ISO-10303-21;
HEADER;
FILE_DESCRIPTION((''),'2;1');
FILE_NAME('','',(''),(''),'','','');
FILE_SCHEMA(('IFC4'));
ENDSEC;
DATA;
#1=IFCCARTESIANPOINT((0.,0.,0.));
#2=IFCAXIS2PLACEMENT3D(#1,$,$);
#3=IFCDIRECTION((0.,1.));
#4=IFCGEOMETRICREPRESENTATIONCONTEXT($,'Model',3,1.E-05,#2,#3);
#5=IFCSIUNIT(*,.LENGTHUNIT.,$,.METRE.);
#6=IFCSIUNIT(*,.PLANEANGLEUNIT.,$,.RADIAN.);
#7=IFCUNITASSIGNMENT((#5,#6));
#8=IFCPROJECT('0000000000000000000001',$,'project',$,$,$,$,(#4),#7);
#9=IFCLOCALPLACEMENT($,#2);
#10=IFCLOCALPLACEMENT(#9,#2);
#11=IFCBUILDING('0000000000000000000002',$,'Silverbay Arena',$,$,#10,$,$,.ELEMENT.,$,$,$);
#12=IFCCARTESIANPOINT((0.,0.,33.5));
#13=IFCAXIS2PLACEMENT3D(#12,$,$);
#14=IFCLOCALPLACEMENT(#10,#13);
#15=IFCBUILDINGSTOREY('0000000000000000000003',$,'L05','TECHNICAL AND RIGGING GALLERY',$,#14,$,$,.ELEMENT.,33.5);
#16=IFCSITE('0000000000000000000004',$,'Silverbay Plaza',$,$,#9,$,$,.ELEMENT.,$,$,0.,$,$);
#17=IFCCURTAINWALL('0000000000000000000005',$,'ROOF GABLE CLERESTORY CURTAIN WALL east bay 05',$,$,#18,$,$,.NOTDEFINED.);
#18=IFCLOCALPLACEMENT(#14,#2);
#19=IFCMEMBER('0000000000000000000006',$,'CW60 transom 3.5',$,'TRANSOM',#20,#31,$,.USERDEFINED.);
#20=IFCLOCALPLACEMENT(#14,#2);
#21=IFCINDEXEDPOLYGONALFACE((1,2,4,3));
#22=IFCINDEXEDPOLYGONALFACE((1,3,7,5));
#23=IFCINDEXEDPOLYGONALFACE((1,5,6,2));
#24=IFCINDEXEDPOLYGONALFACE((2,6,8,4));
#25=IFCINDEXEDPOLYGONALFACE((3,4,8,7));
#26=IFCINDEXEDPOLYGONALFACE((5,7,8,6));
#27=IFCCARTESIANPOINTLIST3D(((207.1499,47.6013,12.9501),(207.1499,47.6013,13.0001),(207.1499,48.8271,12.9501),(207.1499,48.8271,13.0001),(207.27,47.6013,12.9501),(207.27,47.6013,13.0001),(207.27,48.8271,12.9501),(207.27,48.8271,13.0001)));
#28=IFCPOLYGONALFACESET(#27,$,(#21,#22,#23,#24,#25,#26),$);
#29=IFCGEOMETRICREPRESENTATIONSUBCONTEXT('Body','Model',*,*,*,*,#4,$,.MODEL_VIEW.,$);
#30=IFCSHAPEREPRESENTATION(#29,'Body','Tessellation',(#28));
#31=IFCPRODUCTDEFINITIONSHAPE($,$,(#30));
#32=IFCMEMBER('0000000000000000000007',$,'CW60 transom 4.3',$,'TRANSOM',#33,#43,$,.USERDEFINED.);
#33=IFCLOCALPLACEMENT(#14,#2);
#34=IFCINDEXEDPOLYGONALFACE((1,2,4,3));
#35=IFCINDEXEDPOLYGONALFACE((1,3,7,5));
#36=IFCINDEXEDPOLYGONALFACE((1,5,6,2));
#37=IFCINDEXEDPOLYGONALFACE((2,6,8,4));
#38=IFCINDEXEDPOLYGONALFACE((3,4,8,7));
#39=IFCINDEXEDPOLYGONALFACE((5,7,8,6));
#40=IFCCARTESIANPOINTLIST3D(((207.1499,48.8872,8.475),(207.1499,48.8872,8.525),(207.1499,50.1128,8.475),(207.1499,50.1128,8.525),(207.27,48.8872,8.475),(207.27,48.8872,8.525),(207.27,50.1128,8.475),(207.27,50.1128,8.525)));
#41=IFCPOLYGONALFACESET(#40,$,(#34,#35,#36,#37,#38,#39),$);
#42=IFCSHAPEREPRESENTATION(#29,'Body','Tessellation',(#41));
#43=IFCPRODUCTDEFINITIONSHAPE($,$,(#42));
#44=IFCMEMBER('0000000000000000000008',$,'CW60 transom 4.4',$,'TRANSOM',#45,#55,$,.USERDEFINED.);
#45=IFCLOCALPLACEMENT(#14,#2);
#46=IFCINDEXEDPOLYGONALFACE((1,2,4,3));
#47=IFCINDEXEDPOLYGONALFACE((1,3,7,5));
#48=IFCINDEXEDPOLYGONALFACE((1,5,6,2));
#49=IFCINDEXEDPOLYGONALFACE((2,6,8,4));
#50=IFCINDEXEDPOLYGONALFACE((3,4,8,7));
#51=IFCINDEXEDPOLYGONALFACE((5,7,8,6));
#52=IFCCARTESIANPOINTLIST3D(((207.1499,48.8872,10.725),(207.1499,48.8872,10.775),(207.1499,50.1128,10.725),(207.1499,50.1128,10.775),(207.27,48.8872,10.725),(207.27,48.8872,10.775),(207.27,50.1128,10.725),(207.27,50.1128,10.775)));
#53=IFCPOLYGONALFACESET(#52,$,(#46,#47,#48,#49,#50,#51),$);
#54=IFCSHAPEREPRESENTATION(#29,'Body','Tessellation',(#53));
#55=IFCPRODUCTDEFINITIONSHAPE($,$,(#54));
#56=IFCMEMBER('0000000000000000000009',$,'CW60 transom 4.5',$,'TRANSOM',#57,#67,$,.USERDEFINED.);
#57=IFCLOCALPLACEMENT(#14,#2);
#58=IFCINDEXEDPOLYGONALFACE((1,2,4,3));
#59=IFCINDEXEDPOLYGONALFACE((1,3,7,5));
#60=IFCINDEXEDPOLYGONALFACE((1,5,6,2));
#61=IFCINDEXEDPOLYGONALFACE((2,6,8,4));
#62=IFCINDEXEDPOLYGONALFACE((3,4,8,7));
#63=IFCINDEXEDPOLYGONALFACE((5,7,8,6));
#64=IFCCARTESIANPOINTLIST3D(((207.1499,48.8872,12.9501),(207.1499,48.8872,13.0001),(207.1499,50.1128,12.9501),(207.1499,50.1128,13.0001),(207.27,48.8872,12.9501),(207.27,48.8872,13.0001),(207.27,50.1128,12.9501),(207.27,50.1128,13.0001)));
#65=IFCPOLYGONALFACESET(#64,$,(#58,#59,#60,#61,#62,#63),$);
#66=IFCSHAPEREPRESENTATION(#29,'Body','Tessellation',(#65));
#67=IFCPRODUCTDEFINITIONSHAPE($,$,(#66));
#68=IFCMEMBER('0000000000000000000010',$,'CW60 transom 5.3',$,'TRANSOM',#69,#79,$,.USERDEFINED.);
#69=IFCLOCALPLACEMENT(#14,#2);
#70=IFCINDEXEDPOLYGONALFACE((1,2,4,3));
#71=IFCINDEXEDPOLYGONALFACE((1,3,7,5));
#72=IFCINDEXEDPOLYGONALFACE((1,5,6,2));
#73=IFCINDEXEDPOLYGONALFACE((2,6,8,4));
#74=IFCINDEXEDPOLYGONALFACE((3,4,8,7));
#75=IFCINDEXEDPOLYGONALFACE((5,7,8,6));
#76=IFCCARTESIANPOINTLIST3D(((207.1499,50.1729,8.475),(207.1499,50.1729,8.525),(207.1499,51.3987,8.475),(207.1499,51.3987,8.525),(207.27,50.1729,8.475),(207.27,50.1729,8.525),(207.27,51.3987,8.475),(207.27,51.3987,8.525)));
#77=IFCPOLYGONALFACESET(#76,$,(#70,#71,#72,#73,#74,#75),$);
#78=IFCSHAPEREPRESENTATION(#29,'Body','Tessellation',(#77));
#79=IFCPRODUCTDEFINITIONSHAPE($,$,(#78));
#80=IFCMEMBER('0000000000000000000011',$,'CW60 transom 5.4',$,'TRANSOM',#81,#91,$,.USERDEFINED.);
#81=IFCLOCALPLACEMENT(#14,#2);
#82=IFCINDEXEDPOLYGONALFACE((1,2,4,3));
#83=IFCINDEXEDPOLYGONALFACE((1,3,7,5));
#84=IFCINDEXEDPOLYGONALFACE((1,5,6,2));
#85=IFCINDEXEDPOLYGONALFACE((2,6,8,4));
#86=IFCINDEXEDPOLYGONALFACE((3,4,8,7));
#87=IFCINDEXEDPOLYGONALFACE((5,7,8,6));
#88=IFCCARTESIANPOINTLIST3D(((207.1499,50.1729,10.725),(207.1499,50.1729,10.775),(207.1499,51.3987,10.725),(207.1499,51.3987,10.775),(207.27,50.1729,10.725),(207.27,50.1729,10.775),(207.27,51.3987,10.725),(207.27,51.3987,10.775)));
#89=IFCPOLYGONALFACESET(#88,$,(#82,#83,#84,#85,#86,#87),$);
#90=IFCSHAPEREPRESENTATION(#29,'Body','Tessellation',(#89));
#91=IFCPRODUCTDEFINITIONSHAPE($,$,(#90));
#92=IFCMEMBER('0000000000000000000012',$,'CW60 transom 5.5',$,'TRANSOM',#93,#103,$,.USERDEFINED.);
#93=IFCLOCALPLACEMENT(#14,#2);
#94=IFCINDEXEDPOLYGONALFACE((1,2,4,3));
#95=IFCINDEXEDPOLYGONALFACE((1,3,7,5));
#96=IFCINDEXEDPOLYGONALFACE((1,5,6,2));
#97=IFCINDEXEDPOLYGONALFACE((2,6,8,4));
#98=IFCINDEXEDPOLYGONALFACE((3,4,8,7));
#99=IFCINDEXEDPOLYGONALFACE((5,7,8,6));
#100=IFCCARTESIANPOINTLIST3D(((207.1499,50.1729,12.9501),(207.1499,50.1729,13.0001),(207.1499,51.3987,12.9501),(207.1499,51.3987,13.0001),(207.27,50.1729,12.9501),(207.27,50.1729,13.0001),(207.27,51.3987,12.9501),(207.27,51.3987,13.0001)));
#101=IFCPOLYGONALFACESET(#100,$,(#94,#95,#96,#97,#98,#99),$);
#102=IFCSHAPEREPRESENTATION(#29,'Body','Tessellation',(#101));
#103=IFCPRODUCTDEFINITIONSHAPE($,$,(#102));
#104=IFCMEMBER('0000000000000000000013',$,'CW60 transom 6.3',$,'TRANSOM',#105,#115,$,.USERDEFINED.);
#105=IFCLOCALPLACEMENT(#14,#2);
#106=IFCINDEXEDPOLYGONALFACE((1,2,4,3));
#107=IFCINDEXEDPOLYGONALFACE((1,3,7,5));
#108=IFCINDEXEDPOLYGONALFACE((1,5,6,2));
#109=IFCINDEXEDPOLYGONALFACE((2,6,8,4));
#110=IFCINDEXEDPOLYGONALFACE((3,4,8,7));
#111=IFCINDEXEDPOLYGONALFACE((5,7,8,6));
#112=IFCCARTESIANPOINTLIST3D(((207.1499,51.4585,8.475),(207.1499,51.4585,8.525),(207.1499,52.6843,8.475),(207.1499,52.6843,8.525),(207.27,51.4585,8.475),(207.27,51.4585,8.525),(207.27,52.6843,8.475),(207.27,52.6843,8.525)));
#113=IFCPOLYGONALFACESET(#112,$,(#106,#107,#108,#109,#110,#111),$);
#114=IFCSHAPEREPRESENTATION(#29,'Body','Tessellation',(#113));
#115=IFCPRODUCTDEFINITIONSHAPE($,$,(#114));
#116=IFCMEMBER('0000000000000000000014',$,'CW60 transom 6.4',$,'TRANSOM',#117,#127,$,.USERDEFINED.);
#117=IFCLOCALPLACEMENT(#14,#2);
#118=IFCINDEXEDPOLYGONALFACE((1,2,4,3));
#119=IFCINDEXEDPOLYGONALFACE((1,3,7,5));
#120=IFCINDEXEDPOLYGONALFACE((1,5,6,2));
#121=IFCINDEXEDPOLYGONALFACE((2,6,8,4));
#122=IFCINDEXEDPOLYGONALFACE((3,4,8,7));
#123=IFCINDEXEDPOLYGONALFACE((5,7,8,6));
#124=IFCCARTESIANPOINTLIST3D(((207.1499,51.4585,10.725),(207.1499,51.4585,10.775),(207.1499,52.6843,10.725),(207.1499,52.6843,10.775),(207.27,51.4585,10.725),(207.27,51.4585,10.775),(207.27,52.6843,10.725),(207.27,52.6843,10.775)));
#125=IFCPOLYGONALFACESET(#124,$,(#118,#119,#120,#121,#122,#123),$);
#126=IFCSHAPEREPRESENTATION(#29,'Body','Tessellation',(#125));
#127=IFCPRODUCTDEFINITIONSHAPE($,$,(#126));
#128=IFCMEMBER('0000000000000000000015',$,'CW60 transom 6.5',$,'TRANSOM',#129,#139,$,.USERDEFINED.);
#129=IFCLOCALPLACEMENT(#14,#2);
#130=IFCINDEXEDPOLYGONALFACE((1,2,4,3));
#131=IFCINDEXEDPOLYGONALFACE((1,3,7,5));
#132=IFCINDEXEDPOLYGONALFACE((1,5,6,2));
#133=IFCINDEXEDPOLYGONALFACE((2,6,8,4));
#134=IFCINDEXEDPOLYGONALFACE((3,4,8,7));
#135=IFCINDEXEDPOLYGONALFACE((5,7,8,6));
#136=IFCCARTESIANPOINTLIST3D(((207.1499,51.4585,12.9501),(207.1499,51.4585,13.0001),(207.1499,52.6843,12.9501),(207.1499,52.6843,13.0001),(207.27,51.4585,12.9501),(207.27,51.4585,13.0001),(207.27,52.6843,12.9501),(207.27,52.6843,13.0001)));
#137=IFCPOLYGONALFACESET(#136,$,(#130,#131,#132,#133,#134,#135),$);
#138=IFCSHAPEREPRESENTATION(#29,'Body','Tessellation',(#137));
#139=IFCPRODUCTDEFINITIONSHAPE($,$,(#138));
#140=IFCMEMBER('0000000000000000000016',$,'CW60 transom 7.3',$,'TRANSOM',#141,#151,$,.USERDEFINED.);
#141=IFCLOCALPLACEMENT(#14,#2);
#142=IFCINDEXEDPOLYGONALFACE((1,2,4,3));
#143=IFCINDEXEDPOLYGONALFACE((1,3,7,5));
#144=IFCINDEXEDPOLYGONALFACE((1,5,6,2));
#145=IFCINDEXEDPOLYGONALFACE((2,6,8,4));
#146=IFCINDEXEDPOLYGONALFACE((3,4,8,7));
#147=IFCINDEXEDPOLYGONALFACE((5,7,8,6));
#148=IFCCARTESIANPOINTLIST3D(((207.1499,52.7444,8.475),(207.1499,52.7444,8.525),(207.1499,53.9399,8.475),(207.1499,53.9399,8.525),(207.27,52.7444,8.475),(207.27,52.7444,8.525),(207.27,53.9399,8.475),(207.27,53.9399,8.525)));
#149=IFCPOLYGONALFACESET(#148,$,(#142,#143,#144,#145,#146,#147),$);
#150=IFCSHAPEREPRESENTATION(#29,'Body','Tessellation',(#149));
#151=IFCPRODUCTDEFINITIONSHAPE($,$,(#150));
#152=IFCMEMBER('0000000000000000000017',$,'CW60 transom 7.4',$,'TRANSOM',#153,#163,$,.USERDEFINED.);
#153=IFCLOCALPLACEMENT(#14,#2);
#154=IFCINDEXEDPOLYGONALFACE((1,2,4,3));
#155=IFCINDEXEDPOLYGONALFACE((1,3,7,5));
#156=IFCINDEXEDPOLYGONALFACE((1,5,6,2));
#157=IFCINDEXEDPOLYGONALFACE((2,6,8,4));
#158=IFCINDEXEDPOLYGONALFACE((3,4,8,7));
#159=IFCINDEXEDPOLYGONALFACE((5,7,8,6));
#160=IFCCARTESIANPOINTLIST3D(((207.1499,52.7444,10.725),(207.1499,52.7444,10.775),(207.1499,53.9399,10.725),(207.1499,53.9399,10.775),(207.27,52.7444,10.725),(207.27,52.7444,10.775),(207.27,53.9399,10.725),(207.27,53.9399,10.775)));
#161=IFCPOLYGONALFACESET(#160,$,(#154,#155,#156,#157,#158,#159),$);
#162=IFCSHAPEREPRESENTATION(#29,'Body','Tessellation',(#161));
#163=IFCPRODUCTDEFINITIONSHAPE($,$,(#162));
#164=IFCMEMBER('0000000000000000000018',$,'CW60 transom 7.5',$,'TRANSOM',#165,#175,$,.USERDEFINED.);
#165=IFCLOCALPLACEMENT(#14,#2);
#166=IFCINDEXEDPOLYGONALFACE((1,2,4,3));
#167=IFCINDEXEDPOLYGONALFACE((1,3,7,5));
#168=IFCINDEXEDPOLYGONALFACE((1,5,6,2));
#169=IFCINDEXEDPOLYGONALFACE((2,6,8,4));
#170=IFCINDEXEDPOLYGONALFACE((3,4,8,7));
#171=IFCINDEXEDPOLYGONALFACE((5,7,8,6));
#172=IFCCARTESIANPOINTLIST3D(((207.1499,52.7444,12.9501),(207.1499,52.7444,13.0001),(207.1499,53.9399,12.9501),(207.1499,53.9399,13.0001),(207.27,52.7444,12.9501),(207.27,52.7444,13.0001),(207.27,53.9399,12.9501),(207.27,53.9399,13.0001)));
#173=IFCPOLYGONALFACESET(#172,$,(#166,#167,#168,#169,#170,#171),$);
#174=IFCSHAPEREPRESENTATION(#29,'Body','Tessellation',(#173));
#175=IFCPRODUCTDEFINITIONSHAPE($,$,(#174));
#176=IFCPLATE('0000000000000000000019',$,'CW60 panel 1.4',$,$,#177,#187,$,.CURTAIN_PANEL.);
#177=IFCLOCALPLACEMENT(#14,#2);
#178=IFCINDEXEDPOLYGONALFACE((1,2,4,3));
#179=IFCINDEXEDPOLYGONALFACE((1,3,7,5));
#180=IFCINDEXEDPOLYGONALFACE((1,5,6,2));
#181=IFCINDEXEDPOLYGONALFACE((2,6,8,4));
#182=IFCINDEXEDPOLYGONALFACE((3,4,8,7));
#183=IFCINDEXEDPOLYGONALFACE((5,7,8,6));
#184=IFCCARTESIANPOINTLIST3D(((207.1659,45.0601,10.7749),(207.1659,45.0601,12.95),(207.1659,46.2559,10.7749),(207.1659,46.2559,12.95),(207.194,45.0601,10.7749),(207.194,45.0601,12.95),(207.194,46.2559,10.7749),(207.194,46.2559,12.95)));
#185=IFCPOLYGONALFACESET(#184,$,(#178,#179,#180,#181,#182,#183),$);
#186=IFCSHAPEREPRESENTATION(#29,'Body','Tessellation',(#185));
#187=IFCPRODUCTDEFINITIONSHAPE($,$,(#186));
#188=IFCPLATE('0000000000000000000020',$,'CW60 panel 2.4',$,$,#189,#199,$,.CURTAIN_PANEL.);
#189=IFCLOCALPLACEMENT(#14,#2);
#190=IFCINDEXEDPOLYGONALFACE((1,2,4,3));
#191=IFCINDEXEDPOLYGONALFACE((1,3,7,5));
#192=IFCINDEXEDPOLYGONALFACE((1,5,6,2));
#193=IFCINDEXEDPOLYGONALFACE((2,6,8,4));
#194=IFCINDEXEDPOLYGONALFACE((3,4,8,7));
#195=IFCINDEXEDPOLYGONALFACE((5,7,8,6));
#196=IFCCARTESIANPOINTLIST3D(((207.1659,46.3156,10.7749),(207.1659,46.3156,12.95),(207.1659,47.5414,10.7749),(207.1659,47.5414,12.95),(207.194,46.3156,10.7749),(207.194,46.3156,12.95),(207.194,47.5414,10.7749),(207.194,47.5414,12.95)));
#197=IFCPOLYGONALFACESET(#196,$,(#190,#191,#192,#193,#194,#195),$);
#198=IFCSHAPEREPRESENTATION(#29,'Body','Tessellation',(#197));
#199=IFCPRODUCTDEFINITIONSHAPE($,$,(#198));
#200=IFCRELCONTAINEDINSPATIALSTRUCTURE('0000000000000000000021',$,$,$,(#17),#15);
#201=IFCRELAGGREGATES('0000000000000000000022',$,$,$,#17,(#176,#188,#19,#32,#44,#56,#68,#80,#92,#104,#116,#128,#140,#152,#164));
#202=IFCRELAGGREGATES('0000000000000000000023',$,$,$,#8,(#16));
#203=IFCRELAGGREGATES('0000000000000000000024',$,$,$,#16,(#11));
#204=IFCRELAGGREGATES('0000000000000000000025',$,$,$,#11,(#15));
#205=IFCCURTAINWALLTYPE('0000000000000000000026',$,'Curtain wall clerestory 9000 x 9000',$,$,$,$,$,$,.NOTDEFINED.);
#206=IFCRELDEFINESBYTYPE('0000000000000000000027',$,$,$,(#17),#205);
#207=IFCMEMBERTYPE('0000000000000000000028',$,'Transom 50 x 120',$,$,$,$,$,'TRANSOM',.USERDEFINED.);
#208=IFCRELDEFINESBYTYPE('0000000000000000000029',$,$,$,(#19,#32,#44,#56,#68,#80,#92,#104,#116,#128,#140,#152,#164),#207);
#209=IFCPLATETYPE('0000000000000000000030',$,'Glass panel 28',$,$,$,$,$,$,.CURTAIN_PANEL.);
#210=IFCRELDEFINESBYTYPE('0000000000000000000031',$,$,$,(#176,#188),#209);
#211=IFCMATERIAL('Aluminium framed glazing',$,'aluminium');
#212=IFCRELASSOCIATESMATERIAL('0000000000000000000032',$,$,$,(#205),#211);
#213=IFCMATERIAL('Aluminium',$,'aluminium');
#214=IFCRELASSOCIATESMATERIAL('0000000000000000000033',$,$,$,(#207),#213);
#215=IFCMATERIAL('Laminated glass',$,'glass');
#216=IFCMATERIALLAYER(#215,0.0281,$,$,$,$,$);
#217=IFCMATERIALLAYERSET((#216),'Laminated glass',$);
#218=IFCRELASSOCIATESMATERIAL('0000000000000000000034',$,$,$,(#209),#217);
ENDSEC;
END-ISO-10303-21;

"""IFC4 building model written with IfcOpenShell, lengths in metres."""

from ifc_helpers import new_model, si_unit, direction, frame, origin, origin_2d, place, context, subcontext, project, spatial, rectangle, extrude, material, layer, layer_set, material_profile, profile_set, type_object, element, aggregate, save


model = new_model("IFC4")

# Units and contexts
model_context = context("Model", 3, precision=1e-05, world=origin(), true_north=direction((0.0, 1.0)))
body_context = subcontext(model_context, "Body", "Model", "MODEL_VIEW")
ifc_project = project(units=[si_unit("LENGTHUNIT", "METRE"), si_unit("PLANEANGLEUNIT", "RADIAN")], contexts=[model_context])

# Site, building, storey
site_placement = place(None, origin())
site = spatial("IfcSite", under=ifc_project, at=site_placement, Name="Silverbay Plaza", CompositionType="ELEMENT", RefElevation=0.0)
building_placement = place(site_placement, origin())
building = spatial("IfcBuilding", under=site, at=building_placement, Name="Silverbay Arena", CompositionType="ELEMENT")
storey_placement = place(building_placement, frame((0.0, 0.0, 33.5)))
storey = spatial("IfcBuildingStorey", under=building, at=storey_placement, Name="L05", Description="TECHNICAL AND RIGGING GALLERY", CompositionType="ELEMENT", Elevation=33.5)

# Curtain wall, members, plates
ifc_material_1 = material(Name="Aluminium framed glazing", Category="aluminium")
curtain_wall_type = type_object("IfcCurtainWallType", Name="Curtain wall clerestory 9000 x 9000", PredefinedType="NOTDEFINED", material=ifc_material_1)
curtain_wall_placement = place(storey_placement, origin())
curtain_wall = element("IfcCurtainWall", 1, at=curtain_wall_placement, inside=storey, type_object=curtain_wall_type, Name="ROOF GABLE CLERESTORY CURTAIN WALL east bay 05", PredefinedType="NOTDEFINED")
ifc_material_2 = material(Name="Aluminium", Category="aluminium")
ifc_material_profile_1 = material_profile(ifc_material_2, rectangle(XDim=0.1201, YDim=0.05, at=origin_2d()), Name="Transom 50 x 120")
ifc_profile_set_1 = profile_set([ifc_material_profile_1], Name="Aluminium")
member_type_1 = type_object("IfcMemberType", Name="Transom 50 x 120", ElementType="TRANSOM", PredefinedType="USERDEFINED", material=ifc_profile_set_1)
member_1_placement = place(storey_placement, frame((207.21, 47.6013, 12.9751), z_axis=(0.0, 1.0, 0.0), x_axis=(-1.0, 0.0, 0.0)))
member_1 = element("IfcMember", 2, at=member_1_placement, type_object=member_type_1, Name="CW60 transom 3.5", ObjectType="TRANSOM", PredefinedType="USERDEFINED", context=body_context, shape_type="SweptSolid", body=[
    extrude(rectangle(XDim=0.1201, YDim=0.05, at=origin_2d()), origin(), (0.0, 0.0, 1.0), 1.2258),
])
member_2_placement = place(storey_placement, frame((207.21, 48.8872, 8.5), z_axis=(0.0, 1.0, 0.0), x_axis=(-1.0, 0.0, 0.0)))
member_2 = element("IfcMember", 3, at=member_2_placement, type_object=member_type_1, Name="CW60 transom 4.3", ObjectType="TRANSOM", PredefinedType="USERDEFINED", context=body_context, shape_type="SweptSolid", body=[
    extrude(rectangle(XDim=0.1201, YDim=0.05, at=origin_2d()), origin(), (0.0, 0.0, 1.0), 1.2256),
])
member_3_placement = place(storey_placement, frame((207.21, 48.8872, 10.75), z_axis=(0.0, 1.0, 0.0), x_axis=(-1.0, 0.0, 0.0)))
member_3 = element("IfcMember", 4, at=member_3_placement, type_object=member_type_1, Name="CW60 transom 4.4", ObjectType="TRANSOM", PredefinedType="USERDEFINED", context=body_context, shape_type="SweptSolid", body=[
    extrude(rectangle(XDim=0.1201, YDim=0.05, at=origin_2d()), origin(), (0.0, 0.0, 1.0), 1.2256),
])
member_4_placement = place(storey_placement, frame((207.21, 48.8872, 12.9751), z_axis=(0.0, 1.0, 0.0), x_axis=(-1.0, 0.0, 0.0)))
member_4 = element("IfcMember", 5, at=member_4_placement, type_object=member_type_1, Name="CW60 transom 4.5", ObjectType="TRANSOM", PredefinedType="USERDEFINED", context=body_context, shape_type="SweptSolid", body=[
    extrude(rectangle(XDim=0.1201, YDim=0.05, at=origin_2d()), origin(), (0.0, 0.0, 1.0), 1.2256),
])
member_5_placement = place(storey_placement, frame((207.21, 50.1729, 8.5), z_axis=(0.0, 1.0, 0.0), x_axis=(-1.0, 0.0, 0.0)))
member_5 = element("IfcMember", 6, at=member_5_placement, type_object=member_type_1, Name="CW60 transom 5.3", ObjectType="TRANSOM", PredefinedType="USERDEFINED", context=body_context, shape_type="SweptSolid", body=[
    extrude(rectangle(XDim=0.1201, YDim=0.05, at=origin_2d()), origin(), (0.0, 0.0, 1.0), 1.2258),
])
member_6_placement = place(storey_placement, frame((207.21, 50.1729, 10.75), z_axis=(0.0, 1.0, 0.0), x_axis=(-1.0, 0.0, 0.0)))
member_6 = element("IfcMember", 7, at=member_6_placement, type_object=member_type_1, Name="CW60 transom 5.4", ObjectType="TRANSOM", PredefinedType="USERDEFINED", context=body_context, shape_type="SweptSolid", body=[
    extrude(rectangle(XDim=0.1201, YDim=0.05, at=origin_2d()), origin(), (0.0, 0.0, 1.0), 1.2258),
])
member_7_placement = place(storey_placement, frame((207.21, 50.1729, 12.9751), z_axis=(0.0, 1.0, 0.0), x_axis=(-1.0, 0.0, 0.0)))
member_7 = element("IfcMember", 8, at=member_7_placement, type_object=member_type_1, Name="CW60 transom 5.5", ObjectType="TRANSOM", PredefinedType="USERDEFINED", context=body_context, shape_type="SweptSolid", body=[
    extrude(rectangle(XDim=0.1201, YDim=0.05, at=origin_2d()), origin(), (0.0, 0.0, 1.0), 1.2258),
])
member_8_placement = place(storey_placement, frame((207.21, 51.4585, 8.5), z_axis=(0.0, 1.0, 0.0), x_axis=(-1.0, 0.0, 0.0)))
member_8 = element("IfcMember", 9, at=member_8_placement, type_object=member_type_1, Name="CW60 transom 6.3", ObjectType="TRANSOM", PredefinedType="USERDEFINED", context=body_context, shape_type="SweptSolid", body=[
    extrude(rectangle(XDim=0.1201, YDim=0.05, at=origin_2d()), origin(), (0.0, 0.0, 1.0), 1.2258),
])
member_9_placement = place(storey_placement, frame((207.21, 51.4585, 10.75), z_axis=(0.0, 1.0, 0.0), x_axis=(-1.0, 0.0, 0.0)))
member_9 = element("IfcMember", 10, at=member_9_placement, type_object=member_type_1, Name="CW60 transom 6.4", ObjectType="TRANSOM", PredefinedType="USERDEFINED", context=body_context, shape_type="SweptSolid", body=[
    extrude(rectangle(XDim=0.1201, YDim=0.05, at=origin_2d()), origin(), (0.0, 0.0, 1.0), 1.2258),
])
member_10_placement = place(storey_placement, frame((207.21, 51.4585, 12.9751), z_axis=(0.0, 1.0, 0.0), x_axis=(-1.0, 0.0, 0.0)))
member_10 = element("IfcMember", 11, at=member_10_placement, type_object=member_type_1, Name="CW60 transom 6.5", ObjectType="TRANSOM", PredefinedType="USERDEFINED", context=body_context, shape_type="SweptSolid", body=[
    extrude(rectangle(XDim=0.1201, YDim=0.05, at=origin_2d()), origin(), (0.0, 0.0, 1.0), 1.2258),
])
member_11_placement = place(storey_placement, frame((207.21, 52.7444, 8.5), z_axis=(0.0, 1.0, 0.0), x_axis=(-1.0, 0.0, 0.0)))
member_11 = element("IfcMember", 12, at=member_11_placement, type_object=member_type_1, Name="CW60 transom 7.3", ObjectType="TRANSOM", PredefinedType="USERDEFINED", context=body_context, shape_type="SweptSolid", body=[
    extrude(rectangle(XDim=0.1201, YDim=0.05, at=origin_2d()), origin(), (0.0, 0.0, 1.0), 1.1956),
])
member_12_placement = place(storey_placement, frame((207.21, 52.7444, 10.75), z_axis=(0.0, 1.0, 0.0), x_axis=(-1.0, 0.0, 0.0)))
member_12 = element("IfcMember", 13, at=member_12_placement, type_object=member_type_1, Name="CW60 transom 7.4", ObjectType="TRANSOM", PredefinedType="USERDEFINED", context=body_context, shape_type="SweptSolid", body=[
    extrude(rectangle(XDim=0.1201, YDim=0.05, at=origin_2d()), origin(), (0.0, 0.0, 1.0), 1.1956),
])
member_13_placement = place(storey_placement, frame((207.21, 52.7444, 12.9751), z_axis=(0.0, 1.0, 0.0), x_axis=(-1.0, 0.0, 0.0)))
member_13 = element("IfcMember", 14, at=member_13_placement, type_object=member_type_1, Name="CW60 transom 7.5", ObjectType="TRANSOM", PredefinedType="USERDEFINED", context=body_context, shape_type="SweptSolid", body=[
    extrude(rectangle(XDim=0.1201, YDim=0.05, at=origin_2d()), origin(), (0.0, 0.0, 1.0), 1.1956),
])
ifc_material_3 = material(Name="Laminated glass", Category="glass")
ifc_layer = layer(ifc_material_3, 0.0281)
ifc_layer_set = layer_set([ifc_layer], Name="Laminated glass")
plate_type = type_object("IfcPlateType", Name="Glass panel 28", PredefinedType="CURTAIN_PANEL", material=ifc_layer_set)
plate_1_placement = place(storey_placement, frame((207.1799, 45.658, 10.7749), z_axis=(0.0, 0.0, 1.0), x_axis=(0.0, 1.0, 0.0)))
plate_1 = element("IfcPlate", 15, at=plate_1_placement, type_object=plate_type, Name="CW60 panel 1.4", PredefinedType="CURTAIN_PANEL", context=body_context, shape_type="SweptSolid", body=[
    extrude(rectangle(XDim=1.1958, YDim=0.0281, at=origin_2d()), origin(), (0.0, 0.0, 1.0), 2.175),
])
plate_2_placement = place(storey_placement, frame((207.1799, 46.9285, 10.7749), z_axis=(0.0, 0.0, 1.0), x_axis=(0.0, 1.0, 0.0)))
plate_2 = element("IfcPlate", 16, at=plate_2_placement, type_object=plate_type, Name="CW60 panel 2.4", PredefinedType="CURTAIN_PANEL", context=body_context, shape_type="SweptSolid", body=[
    extrude(rectangle(XDim=1.2258, YDim=0.0281, at=origin_2d()), origin(), (0.0, 0.0, 1.0), 2.175),
])
aggregate(curtain_wall, [plate_1, plate_2, member_1, member_2, member_3, member_4, member_5, member_6, member_7, member_8, member_9, member_10, member_11, member_12, member_13])

save(model, "model.ifc")
